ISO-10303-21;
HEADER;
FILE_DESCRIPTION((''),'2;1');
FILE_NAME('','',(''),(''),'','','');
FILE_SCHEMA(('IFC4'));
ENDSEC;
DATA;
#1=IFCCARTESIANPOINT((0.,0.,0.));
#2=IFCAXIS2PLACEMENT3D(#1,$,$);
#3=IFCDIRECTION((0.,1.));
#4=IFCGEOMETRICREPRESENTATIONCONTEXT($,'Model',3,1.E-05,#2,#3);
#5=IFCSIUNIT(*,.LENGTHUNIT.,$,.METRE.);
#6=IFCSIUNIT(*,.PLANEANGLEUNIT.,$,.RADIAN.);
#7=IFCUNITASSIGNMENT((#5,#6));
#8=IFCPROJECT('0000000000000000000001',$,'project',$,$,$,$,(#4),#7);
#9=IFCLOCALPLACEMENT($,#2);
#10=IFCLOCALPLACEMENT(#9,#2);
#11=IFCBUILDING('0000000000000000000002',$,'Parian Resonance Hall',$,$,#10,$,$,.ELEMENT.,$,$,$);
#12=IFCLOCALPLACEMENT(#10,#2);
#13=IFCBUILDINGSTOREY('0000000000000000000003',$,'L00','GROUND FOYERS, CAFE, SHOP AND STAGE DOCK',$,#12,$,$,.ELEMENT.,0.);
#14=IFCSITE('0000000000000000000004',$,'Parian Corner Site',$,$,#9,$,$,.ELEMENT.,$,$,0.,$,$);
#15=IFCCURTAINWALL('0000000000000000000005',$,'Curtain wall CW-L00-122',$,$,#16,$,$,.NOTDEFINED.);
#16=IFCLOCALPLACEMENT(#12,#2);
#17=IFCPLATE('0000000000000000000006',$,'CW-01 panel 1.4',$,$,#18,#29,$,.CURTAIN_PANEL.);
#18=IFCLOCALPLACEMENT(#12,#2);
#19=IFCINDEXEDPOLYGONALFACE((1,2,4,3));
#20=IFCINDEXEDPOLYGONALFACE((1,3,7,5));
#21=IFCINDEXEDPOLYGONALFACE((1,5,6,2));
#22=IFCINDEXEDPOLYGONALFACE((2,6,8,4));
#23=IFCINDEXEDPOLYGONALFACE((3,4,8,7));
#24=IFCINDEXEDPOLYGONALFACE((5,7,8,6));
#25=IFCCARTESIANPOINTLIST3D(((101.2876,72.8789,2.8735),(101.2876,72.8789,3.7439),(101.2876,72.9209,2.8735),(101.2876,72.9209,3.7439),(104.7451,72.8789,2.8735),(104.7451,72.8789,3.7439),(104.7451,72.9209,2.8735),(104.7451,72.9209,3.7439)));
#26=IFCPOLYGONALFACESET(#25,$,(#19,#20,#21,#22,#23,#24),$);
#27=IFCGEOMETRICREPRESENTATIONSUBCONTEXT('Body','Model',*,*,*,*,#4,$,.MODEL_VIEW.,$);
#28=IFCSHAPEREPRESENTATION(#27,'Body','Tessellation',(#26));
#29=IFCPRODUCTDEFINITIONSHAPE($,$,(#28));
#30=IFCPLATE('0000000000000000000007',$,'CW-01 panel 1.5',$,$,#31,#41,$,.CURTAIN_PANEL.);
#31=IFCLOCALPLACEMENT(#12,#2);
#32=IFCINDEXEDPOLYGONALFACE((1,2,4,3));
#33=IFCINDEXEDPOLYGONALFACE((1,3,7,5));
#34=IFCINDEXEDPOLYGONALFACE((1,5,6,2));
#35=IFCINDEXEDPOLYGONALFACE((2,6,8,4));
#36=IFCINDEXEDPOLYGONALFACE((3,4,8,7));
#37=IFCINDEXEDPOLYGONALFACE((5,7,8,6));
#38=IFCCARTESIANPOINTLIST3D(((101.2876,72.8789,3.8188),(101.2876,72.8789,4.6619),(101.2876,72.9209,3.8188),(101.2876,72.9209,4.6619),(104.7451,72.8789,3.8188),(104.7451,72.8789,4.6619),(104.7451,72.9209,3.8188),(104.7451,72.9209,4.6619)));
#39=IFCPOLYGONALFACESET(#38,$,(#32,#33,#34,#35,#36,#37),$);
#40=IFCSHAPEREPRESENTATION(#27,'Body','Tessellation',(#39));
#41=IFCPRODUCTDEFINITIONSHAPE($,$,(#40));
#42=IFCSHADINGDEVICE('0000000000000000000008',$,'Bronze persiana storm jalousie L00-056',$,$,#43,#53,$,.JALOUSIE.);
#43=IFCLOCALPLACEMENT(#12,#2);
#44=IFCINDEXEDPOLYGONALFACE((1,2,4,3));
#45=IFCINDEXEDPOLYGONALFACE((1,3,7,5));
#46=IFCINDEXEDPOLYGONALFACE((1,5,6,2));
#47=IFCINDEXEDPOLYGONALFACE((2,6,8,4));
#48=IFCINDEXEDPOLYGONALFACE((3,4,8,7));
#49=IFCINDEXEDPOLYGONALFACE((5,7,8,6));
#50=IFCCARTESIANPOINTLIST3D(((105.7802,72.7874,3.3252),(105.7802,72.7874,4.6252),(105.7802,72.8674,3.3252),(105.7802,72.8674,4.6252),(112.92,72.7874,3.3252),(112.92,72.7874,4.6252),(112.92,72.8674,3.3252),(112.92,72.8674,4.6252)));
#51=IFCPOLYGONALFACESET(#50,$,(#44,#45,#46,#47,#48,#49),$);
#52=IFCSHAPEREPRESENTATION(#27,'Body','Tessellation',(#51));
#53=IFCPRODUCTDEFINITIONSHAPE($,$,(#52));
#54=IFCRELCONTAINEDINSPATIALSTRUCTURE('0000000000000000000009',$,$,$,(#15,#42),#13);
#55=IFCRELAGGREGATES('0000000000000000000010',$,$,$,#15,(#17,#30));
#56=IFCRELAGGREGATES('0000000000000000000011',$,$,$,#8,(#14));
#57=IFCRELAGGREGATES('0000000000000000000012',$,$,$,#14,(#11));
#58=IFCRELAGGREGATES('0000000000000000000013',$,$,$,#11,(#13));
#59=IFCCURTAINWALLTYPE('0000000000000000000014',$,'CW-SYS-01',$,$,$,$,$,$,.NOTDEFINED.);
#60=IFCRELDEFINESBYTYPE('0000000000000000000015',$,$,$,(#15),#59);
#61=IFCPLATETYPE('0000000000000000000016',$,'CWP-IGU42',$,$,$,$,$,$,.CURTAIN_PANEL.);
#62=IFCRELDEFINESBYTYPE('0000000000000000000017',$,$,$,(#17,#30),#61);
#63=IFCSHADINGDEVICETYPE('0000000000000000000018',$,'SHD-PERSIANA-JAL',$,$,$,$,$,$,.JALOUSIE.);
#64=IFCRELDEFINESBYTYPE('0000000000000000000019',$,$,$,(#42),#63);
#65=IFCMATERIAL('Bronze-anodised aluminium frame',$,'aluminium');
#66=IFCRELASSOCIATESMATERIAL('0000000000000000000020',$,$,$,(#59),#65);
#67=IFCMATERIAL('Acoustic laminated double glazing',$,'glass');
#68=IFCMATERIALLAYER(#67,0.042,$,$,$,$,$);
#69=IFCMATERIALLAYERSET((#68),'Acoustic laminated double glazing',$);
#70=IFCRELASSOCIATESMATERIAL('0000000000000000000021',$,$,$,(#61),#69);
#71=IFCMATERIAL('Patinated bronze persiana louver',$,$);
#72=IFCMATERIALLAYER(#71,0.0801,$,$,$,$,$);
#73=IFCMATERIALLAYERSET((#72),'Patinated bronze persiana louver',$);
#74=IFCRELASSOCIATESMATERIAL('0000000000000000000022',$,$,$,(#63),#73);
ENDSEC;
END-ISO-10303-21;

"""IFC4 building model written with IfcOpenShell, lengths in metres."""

from ifc_helpers import new_model, si_unit, direction, frame, origin, origin_2d, place, context, subcontext, project, spatial, rectangle, extrude, material, layer, layer_set, type_object, element, aggregate, save


model = new_model("IFC4")

# Units and contexts
model_context = context("Model", 3, precision=1e-05, world=origin(), true_north=direction((0.0, 1.0)))
body_context = subcontext(model_context, "Body", "Model", "MODEL_VIEW")
ifc_project = project(units=[si_unit("LENGTHUNIT", "METRE"), si_unit("PLANEANGLEUNIT", "RADIAN")], contexts=[model_context])

# Site, building, storey
site_placement = place(None, origin())
site = spatial("IfcSite", under=ifc_project, at=site_placement, Name="Parian Corner Site", CompositionType="ELEMENT", RefElevation=0.0)
building_placement = place(site_placement, origin())
building = spatial("IfcBuilding", under=site, at=building_placement, Name="Parian Resonance Hall", CompositionType="ELEMENT")
storey_placement = place(building_placement, origin())
storey = spatial("IfcBuildingStorey", under=building, at=storey_placement, Name="L00", Description="GROUND FOYERS, CAFE, SHOP AND STAGE DOCK", CompositionType="ELEMENT", Elevation=0.0)

# Curtain wall
ifc_material_1 = material(Name="Bronze-anodised aluminium frame", Category="aluminium")
curtain_wall_type_1 = type_object("IfcCurtainWallType", Name="CW-SYS-01", PredefinedType="NOTDEFINED", material=ifc_material_1)
curtain_wall_1_placement = place(storey_placement, origin())
curtain_wall_1 = element("IfcCurtainWall", 1, at=curtain_wall_1_placement, inside=storey, type_object=curtain_wall_type_1, Name="Curtain wall CW-L00-122", PredefinedType="NOTDEFINED")

# Plates
ifc_material_2 = material(Name="Acoustic laminated double glazing", Category="glass")
ifc_layer_1 = layer(ifc_material_2, 0.042)
ifc_layer_set_1 = layer_set([ifc_layer_1], Name="Acoustic laminated double glazing")
plate_type_1 = type_object("IfcPlateType", Name="CWP-IGU42", PredefinedType="CURTAIN_PANEL", material=ifc_layer_set_1)
plate_1_placement = place(storey_placement, frame((103.0164, 72.8999, 2.8735), z_axis=(0.0, 0.0, 1.0), x_axis=(-1.0, 0.0, 0.0)))
plate_1 = element("IfcPlate", 2, at=plate_1_placement, type_object=plate_type_1, Name="CW-01 panel 1.4", PredefinedType="CURTAIN_PANEL", context=body_context, shape_type="SweptSolid", body=[
    extrude(rectangle(XDim=3.4575, YDim=0.042, at=origin_2d()), origin(), (0.0, 0.0, 1.0), 0.8704),
])
plate_2_placement = place(storey_placement, frame((103.0164, 72.8999, 3.8188), z_axis=(0.0, 0.0, 1.0), x_axis=(-1.0, 0.0, 0.0)))
plate_2 = element("IfcPlate", 3, at=plate_2_placement, type_object=plate_type_1, Name="CW-01 panel 1.5", PredefinedType="CURTAIN_PANEL", context=body_context, shape_type="SweptSolid", body=[
    extrude(rectangle(XDim=3.4575, YDim=0.042, at=origin_2d()), origin(), (0.0, 0.0, 1.0), 0.843),
])
aggregate(curtain_wall_1, [plate_1, plate_2])

# Shading device
ifc_material_3 = material(Name="Patinated bronze persiana louver")
ifc_layer_2 = layer(ifc_material_3, 0.0801)
ifc_layer_set_2 = layer_set([ifc_layer_2], Name="Patinated bronze persiana louver")
shading_device_type = type_object("IfcShadingDeviceType", Name="SHD-PERSIANA-JAL", PredefinedType="JALOUSIE", material=ifc_layer_set_2)
shading_device_placement = place(storey_placement, frame((109.3501, 72.8274, 3.3252), z_axis=(0.0, 0.0, 1.0), x_axis=(-1.0, 0.0, 0.0)))
element("IfcShadingDevice", 4, at=shading_device_placement, inside=storey, type_object=shading_device_type, Name="Bronze persiana storm jalousie L00-056", PredefinedType="JALOUSIE", context=body_context, shape_type="SweptSolid", body=[
    extrude(rectangle(XDim=7.1399, YDim=0.0801, at=origin_2d()), origin(), (0.0, 0.0, 1.0), 1.3),
])

save(model, "model.ifc")
